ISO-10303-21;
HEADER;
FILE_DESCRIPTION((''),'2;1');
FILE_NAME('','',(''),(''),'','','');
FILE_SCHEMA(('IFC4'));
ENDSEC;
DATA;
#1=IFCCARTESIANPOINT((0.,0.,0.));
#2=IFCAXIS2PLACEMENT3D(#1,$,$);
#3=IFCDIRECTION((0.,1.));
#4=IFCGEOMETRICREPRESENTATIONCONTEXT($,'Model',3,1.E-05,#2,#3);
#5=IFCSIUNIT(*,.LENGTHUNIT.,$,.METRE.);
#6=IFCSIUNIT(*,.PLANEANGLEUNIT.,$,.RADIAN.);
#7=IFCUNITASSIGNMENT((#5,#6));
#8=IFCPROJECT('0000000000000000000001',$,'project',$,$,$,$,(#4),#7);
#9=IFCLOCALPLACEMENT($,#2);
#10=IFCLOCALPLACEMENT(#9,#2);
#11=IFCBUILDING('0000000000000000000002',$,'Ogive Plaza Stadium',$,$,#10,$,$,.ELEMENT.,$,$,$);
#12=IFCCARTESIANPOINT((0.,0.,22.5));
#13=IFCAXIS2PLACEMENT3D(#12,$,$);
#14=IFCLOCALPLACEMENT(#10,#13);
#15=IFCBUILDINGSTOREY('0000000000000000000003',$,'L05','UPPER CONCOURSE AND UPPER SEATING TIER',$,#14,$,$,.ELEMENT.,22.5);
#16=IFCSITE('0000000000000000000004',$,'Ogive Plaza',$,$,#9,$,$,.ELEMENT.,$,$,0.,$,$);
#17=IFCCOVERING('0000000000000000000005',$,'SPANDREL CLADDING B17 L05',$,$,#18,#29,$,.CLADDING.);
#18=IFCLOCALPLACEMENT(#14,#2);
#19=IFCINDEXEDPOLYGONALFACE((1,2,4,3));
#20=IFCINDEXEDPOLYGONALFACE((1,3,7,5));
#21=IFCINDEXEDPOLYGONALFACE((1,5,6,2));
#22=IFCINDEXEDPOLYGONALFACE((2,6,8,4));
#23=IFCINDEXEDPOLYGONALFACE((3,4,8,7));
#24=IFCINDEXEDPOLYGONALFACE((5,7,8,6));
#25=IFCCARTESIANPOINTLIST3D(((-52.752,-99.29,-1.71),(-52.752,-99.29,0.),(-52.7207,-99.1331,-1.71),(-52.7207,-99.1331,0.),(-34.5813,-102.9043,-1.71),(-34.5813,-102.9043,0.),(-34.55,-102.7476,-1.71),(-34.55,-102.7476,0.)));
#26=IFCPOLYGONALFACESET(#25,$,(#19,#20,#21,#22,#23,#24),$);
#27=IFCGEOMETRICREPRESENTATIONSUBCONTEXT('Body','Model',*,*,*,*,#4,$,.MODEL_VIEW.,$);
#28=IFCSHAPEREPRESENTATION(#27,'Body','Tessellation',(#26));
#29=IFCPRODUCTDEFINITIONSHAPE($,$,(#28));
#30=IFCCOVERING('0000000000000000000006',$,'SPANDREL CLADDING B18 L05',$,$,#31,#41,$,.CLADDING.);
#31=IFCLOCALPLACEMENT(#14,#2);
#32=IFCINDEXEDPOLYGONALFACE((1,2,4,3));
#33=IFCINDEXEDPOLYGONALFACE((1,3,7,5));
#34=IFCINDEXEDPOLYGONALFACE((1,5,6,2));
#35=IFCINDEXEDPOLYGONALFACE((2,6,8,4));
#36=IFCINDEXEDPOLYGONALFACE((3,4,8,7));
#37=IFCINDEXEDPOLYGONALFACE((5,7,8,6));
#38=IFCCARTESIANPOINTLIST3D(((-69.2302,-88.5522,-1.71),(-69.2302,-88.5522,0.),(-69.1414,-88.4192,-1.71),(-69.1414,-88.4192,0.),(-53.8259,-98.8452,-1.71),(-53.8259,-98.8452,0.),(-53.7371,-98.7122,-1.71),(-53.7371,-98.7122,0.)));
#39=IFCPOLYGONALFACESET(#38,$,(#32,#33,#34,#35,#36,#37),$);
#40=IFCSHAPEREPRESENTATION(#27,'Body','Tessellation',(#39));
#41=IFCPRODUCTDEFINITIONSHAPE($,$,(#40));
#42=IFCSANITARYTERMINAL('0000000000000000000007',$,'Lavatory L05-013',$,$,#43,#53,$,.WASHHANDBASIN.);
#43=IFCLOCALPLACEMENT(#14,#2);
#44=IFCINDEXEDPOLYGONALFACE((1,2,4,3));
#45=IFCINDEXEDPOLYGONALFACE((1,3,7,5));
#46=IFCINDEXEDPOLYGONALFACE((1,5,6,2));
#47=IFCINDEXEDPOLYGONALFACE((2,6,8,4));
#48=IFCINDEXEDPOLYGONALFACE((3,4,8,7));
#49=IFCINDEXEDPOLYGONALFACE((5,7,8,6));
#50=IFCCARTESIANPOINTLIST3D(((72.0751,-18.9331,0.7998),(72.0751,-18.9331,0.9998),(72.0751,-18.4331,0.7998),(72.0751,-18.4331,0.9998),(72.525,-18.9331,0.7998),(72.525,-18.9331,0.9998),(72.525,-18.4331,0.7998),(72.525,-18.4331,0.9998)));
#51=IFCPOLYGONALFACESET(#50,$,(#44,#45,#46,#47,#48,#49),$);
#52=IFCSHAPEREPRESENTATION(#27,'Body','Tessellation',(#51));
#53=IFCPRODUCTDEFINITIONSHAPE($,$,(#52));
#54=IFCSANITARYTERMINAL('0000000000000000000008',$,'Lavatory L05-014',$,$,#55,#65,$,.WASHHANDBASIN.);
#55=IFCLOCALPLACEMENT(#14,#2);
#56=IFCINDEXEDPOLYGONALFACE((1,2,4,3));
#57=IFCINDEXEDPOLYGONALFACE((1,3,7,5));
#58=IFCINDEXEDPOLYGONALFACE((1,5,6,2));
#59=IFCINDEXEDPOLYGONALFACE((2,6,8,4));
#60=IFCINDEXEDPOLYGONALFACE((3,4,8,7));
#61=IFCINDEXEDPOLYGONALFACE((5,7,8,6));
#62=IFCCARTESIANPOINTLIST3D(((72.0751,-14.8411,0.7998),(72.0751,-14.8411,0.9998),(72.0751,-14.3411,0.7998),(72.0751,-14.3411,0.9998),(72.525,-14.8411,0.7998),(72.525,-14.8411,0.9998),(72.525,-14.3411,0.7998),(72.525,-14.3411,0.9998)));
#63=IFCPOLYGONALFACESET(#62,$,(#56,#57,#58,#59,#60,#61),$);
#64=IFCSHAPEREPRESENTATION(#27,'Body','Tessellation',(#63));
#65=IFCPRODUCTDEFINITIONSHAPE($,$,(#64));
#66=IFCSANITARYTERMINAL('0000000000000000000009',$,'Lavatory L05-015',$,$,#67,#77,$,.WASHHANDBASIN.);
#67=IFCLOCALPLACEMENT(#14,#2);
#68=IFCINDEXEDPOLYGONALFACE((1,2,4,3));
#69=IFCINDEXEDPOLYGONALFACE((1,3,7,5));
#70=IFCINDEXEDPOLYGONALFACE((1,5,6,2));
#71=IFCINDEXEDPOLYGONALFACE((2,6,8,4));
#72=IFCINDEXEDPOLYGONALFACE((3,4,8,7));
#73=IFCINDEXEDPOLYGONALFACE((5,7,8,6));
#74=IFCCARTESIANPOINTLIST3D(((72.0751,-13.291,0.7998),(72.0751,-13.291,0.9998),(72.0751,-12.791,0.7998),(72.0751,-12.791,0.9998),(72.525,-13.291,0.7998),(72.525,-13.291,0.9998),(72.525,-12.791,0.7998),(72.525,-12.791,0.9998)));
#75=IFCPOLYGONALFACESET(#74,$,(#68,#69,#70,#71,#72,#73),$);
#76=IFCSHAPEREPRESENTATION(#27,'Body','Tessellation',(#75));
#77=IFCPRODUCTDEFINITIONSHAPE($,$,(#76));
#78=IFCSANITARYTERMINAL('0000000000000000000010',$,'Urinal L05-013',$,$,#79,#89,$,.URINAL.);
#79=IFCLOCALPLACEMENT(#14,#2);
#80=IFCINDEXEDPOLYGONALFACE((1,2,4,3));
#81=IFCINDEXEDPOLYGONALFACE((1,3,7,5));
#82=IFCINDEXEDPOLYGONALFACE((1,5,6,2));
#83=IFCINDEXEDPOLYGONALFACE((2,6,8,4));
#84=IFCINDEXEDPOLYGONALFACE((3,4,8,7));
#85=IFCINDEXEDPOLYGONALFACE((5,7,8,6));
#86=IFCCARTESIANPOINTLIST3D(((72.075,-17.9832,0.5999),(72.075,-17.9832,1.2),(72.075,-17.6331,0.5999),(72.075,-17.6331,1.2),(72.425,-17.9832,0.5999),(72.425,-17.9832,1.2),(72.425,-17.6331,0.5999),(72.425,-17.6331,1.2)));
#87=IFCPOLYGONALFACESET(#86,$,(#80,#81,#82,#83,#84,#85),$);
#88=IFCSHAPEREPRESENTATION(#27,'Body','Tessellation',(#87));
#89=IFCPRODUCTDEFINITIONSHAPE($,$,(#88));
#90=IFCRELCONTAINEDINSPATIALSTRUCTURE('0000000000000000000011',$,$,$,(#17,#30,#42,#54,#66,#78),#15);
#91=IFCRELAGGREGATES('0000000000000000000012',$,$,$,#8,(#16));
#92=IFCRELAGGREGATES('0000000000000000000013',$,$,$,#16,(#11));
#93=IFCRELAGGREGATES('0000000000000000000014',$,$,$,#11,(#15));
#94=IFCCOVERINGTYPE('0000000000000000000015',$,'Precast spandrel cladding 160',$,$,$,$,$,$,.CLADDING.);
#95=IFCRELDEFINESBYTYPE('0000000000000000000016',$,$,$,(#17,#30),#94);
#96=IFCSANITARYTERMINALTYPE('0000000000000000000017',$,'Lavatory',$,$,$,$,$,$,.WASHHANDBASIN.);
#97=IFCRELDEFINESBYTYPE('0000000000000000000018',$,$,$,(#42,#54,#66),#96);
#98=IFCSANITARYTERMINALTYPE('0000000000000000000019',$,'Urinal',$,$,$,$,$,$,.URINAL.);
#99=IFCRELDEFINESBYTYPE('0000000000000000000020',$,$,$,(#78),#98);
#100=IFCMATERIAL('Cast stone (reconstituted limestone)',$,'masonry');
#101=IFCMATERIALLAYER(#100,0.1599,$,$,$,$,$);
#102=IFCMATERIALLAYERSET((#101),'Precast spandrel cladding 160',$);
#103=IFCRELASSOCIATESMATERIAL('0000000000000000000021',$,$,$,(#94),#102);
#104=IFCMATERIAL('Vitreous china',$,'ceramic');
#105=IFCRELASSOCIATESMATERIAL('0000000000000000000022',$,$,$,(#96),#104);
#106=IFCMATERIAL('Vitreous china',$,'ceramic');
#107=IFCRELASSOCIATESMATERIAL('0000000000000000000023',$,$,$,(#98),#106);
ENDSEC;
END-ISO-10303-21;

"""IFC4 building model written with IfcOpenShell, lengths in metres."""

from ifc_helpers import new_model, si_unit, direction, frame, origin, origin_2d, place, context, subcontext, project, spatial, polyline, rectangle, outline, extrude, material, layer, layer_set, type_object, element, save


model = new_model("IFC4")

# Units and contexts
model_context = context("Model", 3, precision=1e-05, world=origin(), true_north=direction((0.0, 1.0)))
body_context = subcontext(model_context, "Body", "Model", "MODEL_VIEW")
ifc_project = project(units=[si_unit("LENGTHUNIT", "METRE"), si_unit("PLANEANGLEUNIT", "RADIAN")], contexts=[model_context])

# Site, building, storey
site_placement = place(None, origin())
site = spatial("IfcSite", under=ifc_project, at=site_placement, Name="Ogive Plaza", CompositionType="ELEMENT", RefElevation=0.0)
building_placement = place(site_placement, origin())
building = spatial("IfcBuilding", under=site, at=building_placement, Name="Ogive Plaza Stadium", CompositionType="ELEMENT")
storey_placement = place(building_placement, frame((0.0, 0.0, 22.5)))
storey = spatial("IfcBuildingStorey", under=building, at=storey_placement, Name="L05", Description="UPPER CONCOURSE AND UPPER SEATING TIER", CompositionType="ELEMENT", Elevation=22.5)

# Coverings
ifc_material_1 = material(Name="Cast stone (reconstituted limestone)", Category="masonry")
ifc_layer_1 = layer(ifc_material_1, 0.1599)
ifc_layer_set_1 = layer_set([ifc_layer_1], Name="Precast spandrel cladding 160")
covering_type = type_object("IfcCoveringType", Name="Precast spandrel cladding 160", PredefinedType="CLADDING", material=ifc_layer_set_1)
covering_1_placement = place(storey_placement, frame((0.0, 0.0, -1.71)))
element("IfcCovering", 1, at=covering_1_placement, inside=storey, type_object=covering_type, Name="SPANDREL CLADDING B17 L05", PredefinedType="CLADDING", context=body_context, shape_type="SweptSolid", body=[
    extrude(outline(polyline([(-34.55, -102.7476), (-52.7207, -99.1331), (-52.752, -99.29), (-34.5813, -102.9043), (-34.55, -102.7476)])), origin(), (0.0, 0.0, 1.0), 1.71),
])
covering_2_placement = place(storey_placement, frame((0.0, 0.0, -1.71)))
element("IfcCovering", 2, at=covering_2_placement, inside=storey, type_object=covering_type, Name="SPANDREL CLADDING B18 L05", PredefinedType="CLADDING", context=body_context, shape_type="SweptSolid", body=[
    extrude(outline(polyline([(-53.7371, -98.7122), (-69.1414, -88.4192), (-69.2302, -88.5522), (-53.8259, -98.8452), (-53.7371, -98.7122)])), origin(), (0.0, 0.0, 1.0), 1.71),
])

# Sanitary terminals
ifc_material_2 = material(Name="Vitreous china", Category="ceramic")
sanitary_terminal_type_1 = type_object("IfcSanitaryTerminalType", Name="Lavatory", PredefinedType="WASHHANDBASIN", material=ifc_material_2)
for number, where, z_axis, x_axis, name in (
    (3, (72.3, -18.6831, 0.7998), (0.0, 0.0, 1.0), (0.0, -1.0, 0.0), "Lavatory L05-013"),
    (4, (72.3, -14.5911, 0.7998), (0.0, 0.0, 1.0), (0.0, -1.0, 0.0), "Lavatory L05-014"),
    (5, (72.3, -13.041, 0.7998), (0.0, 0.0, 1.0), (0.0, 1.0, 0.0), "Lavatory L05-015"),
):
    element("IfcSanitaryTerminal", number, at=place(storey_placement, frame(where, z_axis=z_axis, x_axis=x_axis)), inside=storey, type_object=sanitary_terminal_type_1, Name=name, PredefinedType="WASHHANDBASIN", context=body_context, shape_type="SweptSolid", body=[
        extrude(rectangle(XDim=0.5, YDim=0.45, at=origin_2d()), origin(), (0.0, 0.0, 1.0), 0.2),
    ])
ifc_material_3 = material(Name="Vitreous china", Category="ceramic")
sanitary_terminal_type_2 = type_object("IfcSanitaryTerminalType", Name="Urinal", PredefinedType="URINAL", material=ifc_material_3)
sanitary_terminal_placement = place(storey_placement, frame((72.25, -17.8081, 0.5999), z_axis=(0.0, 0.0, 1.0), x_axis=(0.0, -1.0, 0.0)))
element("IfcSanitaryTerminal", 6, at=sanitary_terminal_placement, inside=storey, type_object=sanitary_terminal_type_2, Name="Urinal L05-013", PredefinedType="URINAL", context=body_context, shape_type="SweptSolid", body=[
    extrude(rectangle(XDim=0.3501, YDim=0.3501, at=origin_2d()), origin(), (0.0, 0.0, 1.0), 0.6001),
])

save(model, "model.ifc")
